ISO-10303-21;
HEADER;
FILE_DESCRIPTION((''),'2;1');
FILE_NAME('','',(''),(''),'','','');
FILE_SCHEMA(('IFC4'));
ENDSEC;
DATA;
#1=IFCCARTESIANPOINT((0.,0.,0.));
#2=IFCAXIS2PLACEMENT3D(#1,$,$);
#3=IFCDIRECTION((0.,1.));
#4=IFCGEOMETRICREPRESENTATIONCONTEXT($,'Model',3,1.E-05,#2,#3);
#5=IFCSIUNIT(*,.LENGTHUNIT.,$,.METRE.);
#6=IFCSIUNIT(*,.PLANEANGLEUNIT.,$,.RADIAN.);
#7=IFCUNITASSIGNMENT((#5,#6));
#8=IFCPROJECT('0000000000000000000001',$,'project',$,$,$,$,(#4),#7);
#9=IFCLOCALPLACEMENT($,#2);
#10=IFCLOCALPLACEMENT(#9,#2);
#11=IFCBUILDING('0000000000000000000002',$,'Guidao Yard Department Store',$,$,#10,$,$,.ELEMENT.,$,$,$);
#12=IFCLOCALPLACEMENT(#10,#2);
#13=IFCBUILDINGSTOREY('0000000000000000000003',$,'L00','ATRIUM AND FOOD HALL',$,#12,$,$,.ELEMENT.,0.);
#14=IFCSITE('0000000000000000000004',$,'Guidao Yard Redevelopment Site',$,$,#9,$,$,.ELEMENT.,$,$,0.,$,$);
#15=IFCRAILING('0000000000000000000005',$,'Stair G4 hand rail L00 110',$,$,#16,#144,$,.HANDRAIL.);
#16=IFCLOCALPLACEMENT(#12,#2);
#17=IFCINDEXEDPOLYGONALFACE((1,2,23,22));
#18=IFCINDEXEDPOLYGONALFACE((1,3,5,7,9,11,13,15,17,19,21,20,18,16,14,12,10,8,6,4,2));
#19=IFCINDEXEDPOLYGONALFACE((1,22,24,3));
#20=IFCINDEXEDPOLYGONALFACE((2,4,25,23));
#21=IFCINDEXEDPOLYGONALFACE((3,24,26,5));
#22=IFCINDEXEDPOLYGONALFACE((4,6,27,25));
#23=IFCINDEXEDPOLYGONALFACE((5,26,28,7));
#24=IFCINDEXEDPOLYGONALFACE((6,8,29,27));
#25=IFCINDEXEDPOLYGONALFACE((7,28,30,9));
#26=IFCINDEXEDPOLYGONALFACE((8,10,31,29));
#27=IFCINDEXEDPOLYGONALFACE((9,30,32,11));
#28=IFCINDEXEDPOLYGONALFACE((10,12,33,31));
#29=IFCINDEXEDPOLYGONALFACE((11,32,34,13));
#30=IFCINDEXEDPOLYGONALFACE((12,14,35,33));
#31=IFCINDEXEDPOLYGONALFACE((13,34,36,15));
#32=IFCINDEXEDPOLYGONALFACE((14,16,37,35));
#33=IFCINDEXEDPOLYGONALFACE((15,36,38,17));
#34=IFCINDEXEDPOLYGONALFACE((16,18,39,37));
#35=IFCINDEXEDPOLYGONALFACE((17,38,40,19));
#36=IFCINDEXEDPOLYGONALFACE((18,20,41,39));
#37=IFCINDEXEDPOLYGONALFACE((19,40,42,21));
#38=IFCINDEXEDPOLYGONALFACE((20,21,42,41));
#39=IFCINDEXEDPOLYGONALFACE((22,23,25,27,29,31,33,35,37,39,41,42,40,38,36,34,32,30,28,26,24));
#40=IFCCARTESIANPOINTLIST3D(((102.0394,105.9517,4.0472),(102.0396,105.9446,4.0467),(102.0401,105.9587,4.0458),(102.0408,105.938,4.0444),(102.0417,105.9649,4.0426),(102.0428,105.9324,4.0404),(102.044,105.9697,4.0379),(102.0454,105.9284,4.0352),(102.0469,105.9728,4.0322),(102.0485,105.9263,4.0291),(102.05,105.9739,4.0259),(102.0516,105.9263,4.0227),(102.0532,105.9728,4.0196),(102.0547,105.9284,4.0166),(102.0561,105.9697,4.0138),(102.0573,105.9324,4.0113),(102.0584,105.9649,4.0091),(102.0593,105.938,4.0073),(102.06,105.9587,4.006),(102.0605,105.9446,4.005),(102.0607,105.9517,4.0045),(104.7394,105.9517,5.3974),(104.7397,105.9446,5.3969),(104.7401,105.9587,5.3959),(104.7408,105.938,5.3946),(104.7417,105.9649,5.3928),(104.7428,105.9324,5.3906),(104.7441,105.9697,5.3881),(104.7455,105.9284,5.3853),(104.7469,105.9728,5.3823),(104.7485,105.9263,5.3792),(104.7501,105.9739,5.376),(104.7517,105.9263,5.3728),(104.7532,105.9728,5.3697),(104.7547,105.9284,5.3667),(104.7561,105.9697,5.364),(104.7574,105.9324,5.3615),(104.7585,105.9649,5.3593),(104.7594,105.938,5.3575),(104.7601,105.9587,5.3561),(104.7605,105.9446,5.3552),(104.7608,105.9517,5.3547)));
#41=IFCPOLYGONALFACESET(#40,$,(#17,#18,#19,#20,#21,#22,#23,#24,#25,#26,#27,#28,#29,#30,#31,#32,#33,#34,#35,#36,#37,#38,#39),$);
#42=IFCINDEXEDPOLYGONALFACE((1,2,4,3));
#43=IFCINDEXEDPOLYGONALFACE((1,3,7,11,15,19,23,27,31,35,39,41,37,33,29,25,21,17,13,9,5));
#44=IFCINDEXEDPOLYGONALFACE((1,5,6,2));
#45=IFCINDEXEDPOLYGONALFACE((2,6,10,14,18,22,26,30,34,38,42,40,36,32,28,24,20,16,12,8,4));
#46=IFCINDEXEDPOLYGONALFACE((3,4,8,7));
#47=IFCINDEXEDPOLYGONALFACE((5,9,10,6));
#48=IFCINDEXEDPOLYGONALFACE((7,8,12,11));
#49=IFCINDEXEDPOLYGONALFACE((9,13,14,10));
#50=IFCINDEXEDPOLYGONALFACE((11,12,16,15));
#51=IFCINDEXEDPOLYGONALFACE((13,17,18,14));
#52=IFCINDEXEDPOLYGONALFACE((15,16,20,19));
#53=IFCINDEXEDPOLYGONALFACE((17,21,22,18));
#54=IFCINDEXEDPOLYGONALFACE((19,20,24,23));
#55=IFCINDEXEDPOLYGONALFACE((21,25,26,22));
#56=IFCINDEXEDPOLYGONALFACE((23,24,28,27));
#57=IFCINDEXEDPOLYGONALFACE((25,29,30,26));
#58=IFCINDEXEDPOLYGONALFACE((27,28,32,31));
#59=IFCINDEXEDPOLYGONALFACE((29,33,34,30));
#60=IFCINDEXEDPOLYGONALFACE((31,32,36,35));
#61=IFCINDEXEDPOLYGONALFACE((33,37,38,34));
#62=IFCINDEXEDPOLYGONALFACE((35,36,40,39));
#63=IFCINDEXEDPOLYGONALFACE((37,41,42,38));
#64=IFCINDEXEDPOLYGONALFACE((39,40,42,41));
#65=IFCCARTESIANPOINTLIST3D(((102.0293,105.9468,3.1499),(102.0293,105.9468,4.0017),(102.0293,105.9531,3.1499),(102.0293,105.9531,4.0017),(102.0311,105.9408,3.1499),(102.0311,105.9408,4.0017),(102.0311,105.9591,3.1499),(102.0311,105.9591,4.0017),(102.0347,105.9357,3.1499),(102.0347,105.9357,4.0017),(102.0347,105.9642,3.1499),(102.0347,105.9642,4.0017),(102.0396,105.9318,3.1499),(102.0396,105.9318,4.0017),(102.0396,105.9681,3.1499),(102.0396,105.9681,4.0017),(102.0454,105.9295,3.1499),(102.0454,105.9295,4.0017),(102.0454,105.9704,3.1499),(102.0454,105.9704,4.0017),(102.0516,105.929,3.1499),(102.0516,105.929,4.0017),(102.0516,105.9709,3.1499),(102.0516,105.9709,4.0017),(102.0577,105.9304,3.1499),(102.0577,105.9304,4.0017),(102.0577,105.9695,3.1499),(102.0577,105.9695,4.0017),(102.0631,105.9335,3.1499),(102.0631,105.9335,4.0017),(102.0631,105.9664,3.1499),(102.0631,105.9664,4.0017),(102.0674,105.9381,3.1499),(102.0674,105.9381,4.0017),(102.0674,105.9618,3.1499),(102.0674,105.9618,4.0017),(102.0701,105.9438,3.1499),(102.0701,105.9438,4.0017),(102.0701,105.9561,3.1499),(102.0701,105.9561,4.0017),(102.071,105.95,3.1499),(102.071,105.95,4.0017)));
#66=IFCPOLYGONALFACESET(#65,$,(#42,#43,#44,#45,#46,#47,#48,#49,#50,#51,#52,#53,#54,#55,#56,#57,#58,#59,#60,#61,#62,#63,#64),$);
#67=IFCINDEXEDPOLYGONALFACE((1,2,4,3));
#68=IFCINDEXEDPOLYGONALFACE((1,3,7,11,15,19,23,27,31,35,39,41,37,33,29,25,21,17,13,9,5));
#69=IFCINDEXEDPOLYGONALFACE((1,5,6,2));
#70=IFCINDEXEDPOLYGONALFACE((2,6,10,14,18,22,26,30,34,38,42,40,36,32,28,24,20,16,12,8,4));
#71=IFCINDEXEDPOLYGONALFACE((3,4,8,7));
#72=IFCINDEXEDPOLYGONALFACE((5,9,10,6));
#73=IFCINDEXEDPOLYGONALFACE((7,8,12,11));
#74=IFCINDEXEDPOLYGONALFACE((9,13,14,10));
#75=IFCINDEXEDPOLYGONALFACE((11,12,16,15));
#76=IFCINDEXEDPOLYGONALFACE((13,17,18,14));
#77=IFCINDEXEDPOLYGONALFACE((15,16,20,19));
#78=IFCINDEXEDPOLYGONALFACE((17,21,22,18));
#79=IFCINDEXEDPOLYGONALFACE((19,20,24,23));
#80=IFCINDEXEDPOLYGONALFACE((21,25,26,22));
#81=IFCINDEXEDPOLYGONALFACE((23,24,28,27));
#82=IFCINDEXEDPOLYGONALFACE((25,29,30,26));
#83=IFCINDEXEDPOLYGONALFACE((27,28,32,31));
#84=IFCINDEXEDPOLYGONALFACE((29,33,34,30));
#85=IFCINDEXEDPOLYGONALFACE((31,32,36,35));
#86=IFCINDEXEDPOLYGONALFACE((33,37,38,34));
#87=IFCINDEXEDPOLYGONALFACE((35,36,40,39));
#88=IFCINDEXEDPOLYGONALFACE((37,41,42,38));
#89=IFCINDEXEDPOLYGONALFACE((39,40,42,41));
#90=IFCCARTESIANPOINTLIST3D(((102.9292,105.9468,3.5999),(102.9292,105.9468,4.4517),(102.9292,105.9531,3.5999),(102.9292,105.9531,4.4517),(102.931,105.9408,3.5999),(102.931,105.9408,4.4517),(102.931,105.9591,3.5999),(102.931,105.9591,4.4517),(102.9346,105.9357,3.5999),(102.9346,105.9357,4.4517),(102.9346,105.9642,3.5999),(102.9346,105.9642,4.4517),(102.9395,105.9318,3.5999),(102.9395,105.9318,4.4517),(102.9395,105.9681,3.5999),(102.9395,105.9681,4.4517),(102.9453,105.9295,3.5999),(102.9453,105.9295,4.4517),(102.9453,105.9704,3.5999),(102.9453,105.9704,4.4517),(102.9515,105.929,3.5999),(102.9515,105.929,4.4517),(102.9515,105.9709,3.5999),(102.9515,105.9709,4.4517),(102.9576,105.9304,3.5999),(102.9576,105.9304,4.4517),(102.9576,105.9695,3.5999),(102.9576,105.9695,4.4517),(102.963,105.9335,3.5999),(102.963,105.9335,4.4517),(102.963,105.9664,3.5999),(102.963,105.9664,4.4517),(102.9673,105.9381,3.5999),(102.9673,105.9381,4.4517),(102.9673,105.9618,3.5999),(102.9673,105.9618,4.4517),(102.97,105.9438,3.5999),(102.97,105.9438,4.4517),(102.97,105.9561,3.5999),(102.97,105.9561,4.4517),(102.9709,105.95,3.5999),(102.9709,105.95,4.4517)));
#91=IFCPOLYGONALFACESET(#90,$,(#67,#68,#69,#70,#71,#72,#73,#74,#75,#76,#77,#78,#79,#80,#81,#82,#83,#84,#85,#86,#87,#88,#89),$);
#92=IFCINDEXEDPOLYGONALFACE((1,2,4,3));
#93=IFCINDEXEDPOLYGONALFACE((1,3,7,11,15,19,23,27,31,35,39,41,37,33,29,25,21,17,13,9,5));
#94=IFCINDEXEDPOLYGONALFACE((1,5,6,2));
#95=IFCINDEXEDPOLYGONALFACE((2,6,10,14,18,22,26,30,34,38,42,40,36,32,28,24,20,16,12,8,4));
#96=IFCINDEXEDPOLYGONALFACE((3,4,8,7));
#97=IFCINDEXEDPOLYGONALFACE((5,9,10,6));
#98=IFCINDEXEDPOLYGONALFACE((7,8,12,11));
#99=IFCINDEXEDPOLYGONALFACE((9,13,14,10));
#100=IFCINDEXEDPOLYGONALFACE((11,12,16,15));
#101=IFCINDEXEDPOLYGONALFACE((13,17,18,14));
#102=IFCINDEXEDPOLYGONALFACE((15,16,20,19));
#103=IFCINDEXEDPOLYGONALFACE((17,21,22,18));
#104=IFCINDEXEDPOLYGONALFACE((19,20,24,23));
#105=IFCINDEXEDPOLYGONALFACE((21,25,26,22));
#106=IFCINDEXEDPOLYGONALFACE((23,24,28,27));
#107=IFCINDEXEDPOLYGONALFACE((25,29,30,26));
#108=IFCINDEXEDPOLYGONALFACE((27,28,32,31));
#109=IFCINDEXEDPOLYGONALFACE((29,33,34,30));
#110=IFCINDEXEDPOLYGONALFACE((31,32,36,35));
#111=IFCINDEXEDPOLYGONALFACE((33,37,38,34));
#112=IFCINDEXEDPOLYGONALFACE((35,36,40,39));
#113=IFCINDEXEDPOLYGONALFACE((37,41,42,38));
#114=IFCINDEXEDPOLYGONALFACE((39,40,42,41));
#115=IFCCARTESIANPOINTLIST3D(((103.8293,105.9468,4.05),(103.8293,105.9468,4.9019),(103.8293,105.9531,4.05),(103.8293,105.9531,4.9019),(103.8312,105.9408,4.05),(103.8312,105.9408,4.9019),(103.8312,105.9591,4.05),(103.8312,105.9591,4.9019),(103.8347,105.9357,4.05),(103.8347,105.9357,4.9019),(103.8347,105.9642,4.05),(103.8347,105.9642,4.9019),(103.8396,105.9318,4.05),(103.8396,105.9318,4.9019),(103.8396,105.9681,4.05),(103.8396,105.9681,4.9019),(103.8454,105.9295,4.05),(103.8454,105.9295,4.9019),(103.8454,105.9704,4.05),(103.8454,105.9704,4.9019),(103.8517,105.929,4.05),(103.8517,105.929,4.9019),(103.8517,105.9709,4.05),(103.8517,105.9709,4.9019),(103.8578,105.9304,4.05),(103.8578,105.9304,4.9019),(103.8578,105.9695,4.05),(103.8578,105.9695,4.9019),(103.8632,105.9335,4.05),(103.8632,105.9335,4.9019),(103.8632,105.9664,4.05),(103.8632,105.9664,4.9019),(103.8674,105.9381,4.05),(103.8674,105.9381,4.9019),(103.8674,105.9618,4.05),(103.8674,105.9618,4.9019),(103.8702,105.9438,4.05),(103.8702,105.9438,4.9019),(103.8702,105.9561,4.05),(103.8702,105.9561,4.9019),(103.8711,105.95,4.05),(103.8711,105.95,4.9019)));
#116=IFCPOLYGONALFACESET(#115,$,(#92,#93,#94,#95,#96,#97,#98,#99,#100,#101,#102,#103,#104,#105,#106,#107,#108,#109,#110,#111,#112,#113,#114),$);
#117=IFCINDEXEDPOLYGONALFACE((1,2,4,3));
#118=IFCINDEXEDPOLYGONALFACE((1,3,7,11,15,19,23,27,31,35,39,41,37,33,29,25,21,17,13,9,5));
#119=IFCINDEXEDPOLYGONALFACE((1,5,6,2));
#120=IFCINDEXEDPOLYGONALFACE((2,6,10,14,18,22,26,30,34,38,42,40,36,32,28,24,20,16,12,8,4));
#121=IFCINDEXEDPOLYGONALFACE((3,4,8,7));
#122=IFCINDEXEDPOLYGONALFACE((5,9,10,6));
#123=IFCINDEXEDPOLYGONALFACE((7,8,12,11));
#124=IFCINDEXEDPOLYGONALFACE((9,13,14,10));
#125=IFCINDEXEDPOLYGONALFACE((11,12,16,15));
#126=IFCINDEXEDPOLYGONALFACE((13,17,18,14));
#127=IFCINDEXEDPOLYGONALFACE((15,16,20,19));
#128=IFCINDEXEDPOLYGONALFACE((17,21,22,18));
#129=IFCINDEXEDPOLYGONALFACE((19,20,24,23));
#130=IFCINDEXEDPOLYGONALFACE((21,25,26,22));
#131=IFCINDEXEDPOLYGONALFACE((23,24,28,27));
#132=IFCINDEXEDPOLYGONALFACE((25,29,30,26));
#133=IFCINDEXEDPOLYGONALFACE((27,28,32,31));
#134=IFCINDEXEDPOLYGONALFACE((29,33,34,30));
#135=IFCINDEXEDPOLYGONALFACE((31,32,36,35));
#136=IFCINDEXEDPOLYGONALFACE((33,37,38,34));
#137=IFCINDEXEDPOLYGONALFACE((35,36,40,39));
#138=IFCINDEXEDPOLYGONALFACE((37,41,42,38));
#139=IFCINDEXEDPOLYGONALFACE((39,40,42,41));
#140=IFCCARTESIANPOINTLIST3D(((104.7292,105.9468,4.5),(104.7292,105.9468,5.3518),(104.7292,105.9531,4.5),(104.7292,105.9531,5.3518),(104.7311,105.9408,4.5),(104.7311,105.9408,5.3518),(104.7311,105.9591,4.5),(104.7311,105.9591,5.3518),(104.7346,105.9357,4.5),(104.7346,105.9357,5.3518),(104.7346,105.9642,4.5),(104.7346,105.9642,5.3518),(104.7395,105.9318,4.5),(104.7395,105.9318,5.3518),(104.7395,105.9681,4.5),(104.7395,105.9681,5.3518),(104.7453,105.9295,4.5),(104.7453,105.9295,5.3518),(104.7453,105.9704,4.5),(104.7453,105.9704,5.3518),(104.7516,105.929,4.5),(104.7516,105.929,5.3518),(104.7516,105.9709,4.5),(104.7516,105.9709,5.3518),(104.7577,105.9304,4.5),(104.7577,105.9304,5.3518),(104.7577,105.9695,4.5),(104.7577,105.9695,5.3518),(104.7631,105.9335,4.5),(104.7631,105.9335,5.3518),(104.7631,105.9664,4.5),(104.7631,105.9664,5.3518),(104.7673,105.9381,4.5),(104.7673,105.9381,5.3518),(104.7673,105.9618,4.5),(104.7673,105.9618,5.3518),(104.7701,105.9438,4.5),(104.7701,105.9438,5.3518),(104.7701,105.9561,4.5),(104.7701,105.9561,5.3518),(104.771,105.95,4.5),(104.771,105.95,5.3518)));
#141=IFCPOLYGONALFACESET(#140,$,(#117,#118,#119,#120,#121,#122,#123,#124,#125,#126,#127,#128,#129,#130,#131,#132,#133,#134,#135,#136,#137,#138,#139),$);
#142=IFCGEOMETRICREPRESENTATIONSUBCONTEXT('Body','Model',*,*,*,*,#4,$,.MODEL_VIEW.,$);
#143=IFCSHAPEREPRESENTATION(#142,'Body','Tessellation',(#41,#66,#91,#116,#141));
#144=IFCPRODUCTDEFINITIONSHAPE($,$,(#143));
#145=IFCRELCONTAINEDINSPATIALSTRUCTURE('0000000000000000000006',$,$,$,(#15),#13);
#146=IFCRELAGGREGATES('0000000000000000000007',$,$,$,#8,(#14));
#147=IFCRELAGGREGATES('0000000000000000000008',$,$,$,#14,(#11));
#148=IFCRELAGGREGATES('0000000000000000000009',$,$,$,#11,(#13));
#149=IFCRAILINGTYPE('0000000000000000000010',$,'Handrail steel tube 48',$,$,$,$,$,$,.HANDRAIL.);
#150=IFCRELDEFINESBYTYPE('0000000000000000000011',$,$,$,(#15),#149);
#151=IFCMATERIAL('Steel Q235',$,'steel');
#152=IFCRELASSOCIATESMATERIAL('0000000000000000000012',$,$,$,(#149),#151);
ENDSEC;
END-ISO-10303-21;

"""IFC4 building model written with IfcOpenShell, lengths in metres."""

from ifc_helpers import new_model, si_unit, direction, frame, origin, origin_2d, place, context, subcontext, project, spatial, circle, extrude, material, type_object, element, save


model = new_model("IFC4")

# Units and contexts
model_context = context("Model", 3, precision=1e-05, world=origin(), true_north=direction((0.0, 1.0)))
body_context = subcontext(model_context, "Body", "Model", "MODEL_VIEW")
ifc_project = project(units=[si_unit("LENGTHUNIT", "METRE"), si_unit("PLANEANGLEUNIT", "RADIAN")], contexts=[model_context])

# Site, building, storey
site_placement = place(None, origin())
site = spatial("IfcSite", under=ifc_project, at=site_placement, Name="Guidao Yard Redevelopment Site", CompositionType="ELEMENT", RefElevation=0.0)
building_placement = place(site_placement, origin())
building = spatial("IfcBuilding", under=site, at=building_placement, Name="Guidao Yard Department Store", CompositionType="ELEMENT")
storey_placement = place(building_placement, origin())
storey = spatial("IfcBuildingStorey", under=building, at=storey_placement, Name="L00", Description="ATRIUM AND FOOD HALL", CompositionType="ELEMENT", Elevation=0.0)

# Railing
ifc_material_1 = material(Name="Steel Q235", Category="steel")
railing_type = type_object("IfcRailingType", Name="Handrail steel tube 48", PredefinedType="HANDRAIL", material=ifc_material_1)
for number, where, name in (
    (1, (102.05, 105.95, 3.1499), "Stair G4 hand rail L00 110"),
):
    element("IfcRailing", number, at=place(storey_placement, frame(where)), inside=storey, type_object=railing_type, Name=name, PredefinedType="HANDRAIL", context=body_context, shape_type="SweptSolid", body=[
        extrude(circle(Radius=0.0239, at=origin_2d()), frame((0.0, 0.0, 0.876), z_axis=(0.894411, 0.0, 0.447246), x_axis=(0.0, 1.0, 0.0)), (0.0, 0.0, 1.0), 3.0188),
        extrude(circle(Radius=0.021, at=origin_2d()), origin(), (0.0, 0.0, 1.0), 0.8518),
        extrude(circle(Radius=0.021, at=origin_2d()), frame((0.8999, 0.0, 0.45)), (0.0, 0.0, 1.0), 0.8518),
        extrude(circle(Radius=0.021, at=origin_2d()), frame((1.8, 0.0, 0.9001)), (0.0, 0.0, 1.0), 0.8518),
        extrude(circle(Radius=0.021, at=origin_2d()), frame((2.7, 0.0, 1.3501)), (0.0, 0.0, 1.0), 0.8518),
    ])

save(model, "model.ifc")
